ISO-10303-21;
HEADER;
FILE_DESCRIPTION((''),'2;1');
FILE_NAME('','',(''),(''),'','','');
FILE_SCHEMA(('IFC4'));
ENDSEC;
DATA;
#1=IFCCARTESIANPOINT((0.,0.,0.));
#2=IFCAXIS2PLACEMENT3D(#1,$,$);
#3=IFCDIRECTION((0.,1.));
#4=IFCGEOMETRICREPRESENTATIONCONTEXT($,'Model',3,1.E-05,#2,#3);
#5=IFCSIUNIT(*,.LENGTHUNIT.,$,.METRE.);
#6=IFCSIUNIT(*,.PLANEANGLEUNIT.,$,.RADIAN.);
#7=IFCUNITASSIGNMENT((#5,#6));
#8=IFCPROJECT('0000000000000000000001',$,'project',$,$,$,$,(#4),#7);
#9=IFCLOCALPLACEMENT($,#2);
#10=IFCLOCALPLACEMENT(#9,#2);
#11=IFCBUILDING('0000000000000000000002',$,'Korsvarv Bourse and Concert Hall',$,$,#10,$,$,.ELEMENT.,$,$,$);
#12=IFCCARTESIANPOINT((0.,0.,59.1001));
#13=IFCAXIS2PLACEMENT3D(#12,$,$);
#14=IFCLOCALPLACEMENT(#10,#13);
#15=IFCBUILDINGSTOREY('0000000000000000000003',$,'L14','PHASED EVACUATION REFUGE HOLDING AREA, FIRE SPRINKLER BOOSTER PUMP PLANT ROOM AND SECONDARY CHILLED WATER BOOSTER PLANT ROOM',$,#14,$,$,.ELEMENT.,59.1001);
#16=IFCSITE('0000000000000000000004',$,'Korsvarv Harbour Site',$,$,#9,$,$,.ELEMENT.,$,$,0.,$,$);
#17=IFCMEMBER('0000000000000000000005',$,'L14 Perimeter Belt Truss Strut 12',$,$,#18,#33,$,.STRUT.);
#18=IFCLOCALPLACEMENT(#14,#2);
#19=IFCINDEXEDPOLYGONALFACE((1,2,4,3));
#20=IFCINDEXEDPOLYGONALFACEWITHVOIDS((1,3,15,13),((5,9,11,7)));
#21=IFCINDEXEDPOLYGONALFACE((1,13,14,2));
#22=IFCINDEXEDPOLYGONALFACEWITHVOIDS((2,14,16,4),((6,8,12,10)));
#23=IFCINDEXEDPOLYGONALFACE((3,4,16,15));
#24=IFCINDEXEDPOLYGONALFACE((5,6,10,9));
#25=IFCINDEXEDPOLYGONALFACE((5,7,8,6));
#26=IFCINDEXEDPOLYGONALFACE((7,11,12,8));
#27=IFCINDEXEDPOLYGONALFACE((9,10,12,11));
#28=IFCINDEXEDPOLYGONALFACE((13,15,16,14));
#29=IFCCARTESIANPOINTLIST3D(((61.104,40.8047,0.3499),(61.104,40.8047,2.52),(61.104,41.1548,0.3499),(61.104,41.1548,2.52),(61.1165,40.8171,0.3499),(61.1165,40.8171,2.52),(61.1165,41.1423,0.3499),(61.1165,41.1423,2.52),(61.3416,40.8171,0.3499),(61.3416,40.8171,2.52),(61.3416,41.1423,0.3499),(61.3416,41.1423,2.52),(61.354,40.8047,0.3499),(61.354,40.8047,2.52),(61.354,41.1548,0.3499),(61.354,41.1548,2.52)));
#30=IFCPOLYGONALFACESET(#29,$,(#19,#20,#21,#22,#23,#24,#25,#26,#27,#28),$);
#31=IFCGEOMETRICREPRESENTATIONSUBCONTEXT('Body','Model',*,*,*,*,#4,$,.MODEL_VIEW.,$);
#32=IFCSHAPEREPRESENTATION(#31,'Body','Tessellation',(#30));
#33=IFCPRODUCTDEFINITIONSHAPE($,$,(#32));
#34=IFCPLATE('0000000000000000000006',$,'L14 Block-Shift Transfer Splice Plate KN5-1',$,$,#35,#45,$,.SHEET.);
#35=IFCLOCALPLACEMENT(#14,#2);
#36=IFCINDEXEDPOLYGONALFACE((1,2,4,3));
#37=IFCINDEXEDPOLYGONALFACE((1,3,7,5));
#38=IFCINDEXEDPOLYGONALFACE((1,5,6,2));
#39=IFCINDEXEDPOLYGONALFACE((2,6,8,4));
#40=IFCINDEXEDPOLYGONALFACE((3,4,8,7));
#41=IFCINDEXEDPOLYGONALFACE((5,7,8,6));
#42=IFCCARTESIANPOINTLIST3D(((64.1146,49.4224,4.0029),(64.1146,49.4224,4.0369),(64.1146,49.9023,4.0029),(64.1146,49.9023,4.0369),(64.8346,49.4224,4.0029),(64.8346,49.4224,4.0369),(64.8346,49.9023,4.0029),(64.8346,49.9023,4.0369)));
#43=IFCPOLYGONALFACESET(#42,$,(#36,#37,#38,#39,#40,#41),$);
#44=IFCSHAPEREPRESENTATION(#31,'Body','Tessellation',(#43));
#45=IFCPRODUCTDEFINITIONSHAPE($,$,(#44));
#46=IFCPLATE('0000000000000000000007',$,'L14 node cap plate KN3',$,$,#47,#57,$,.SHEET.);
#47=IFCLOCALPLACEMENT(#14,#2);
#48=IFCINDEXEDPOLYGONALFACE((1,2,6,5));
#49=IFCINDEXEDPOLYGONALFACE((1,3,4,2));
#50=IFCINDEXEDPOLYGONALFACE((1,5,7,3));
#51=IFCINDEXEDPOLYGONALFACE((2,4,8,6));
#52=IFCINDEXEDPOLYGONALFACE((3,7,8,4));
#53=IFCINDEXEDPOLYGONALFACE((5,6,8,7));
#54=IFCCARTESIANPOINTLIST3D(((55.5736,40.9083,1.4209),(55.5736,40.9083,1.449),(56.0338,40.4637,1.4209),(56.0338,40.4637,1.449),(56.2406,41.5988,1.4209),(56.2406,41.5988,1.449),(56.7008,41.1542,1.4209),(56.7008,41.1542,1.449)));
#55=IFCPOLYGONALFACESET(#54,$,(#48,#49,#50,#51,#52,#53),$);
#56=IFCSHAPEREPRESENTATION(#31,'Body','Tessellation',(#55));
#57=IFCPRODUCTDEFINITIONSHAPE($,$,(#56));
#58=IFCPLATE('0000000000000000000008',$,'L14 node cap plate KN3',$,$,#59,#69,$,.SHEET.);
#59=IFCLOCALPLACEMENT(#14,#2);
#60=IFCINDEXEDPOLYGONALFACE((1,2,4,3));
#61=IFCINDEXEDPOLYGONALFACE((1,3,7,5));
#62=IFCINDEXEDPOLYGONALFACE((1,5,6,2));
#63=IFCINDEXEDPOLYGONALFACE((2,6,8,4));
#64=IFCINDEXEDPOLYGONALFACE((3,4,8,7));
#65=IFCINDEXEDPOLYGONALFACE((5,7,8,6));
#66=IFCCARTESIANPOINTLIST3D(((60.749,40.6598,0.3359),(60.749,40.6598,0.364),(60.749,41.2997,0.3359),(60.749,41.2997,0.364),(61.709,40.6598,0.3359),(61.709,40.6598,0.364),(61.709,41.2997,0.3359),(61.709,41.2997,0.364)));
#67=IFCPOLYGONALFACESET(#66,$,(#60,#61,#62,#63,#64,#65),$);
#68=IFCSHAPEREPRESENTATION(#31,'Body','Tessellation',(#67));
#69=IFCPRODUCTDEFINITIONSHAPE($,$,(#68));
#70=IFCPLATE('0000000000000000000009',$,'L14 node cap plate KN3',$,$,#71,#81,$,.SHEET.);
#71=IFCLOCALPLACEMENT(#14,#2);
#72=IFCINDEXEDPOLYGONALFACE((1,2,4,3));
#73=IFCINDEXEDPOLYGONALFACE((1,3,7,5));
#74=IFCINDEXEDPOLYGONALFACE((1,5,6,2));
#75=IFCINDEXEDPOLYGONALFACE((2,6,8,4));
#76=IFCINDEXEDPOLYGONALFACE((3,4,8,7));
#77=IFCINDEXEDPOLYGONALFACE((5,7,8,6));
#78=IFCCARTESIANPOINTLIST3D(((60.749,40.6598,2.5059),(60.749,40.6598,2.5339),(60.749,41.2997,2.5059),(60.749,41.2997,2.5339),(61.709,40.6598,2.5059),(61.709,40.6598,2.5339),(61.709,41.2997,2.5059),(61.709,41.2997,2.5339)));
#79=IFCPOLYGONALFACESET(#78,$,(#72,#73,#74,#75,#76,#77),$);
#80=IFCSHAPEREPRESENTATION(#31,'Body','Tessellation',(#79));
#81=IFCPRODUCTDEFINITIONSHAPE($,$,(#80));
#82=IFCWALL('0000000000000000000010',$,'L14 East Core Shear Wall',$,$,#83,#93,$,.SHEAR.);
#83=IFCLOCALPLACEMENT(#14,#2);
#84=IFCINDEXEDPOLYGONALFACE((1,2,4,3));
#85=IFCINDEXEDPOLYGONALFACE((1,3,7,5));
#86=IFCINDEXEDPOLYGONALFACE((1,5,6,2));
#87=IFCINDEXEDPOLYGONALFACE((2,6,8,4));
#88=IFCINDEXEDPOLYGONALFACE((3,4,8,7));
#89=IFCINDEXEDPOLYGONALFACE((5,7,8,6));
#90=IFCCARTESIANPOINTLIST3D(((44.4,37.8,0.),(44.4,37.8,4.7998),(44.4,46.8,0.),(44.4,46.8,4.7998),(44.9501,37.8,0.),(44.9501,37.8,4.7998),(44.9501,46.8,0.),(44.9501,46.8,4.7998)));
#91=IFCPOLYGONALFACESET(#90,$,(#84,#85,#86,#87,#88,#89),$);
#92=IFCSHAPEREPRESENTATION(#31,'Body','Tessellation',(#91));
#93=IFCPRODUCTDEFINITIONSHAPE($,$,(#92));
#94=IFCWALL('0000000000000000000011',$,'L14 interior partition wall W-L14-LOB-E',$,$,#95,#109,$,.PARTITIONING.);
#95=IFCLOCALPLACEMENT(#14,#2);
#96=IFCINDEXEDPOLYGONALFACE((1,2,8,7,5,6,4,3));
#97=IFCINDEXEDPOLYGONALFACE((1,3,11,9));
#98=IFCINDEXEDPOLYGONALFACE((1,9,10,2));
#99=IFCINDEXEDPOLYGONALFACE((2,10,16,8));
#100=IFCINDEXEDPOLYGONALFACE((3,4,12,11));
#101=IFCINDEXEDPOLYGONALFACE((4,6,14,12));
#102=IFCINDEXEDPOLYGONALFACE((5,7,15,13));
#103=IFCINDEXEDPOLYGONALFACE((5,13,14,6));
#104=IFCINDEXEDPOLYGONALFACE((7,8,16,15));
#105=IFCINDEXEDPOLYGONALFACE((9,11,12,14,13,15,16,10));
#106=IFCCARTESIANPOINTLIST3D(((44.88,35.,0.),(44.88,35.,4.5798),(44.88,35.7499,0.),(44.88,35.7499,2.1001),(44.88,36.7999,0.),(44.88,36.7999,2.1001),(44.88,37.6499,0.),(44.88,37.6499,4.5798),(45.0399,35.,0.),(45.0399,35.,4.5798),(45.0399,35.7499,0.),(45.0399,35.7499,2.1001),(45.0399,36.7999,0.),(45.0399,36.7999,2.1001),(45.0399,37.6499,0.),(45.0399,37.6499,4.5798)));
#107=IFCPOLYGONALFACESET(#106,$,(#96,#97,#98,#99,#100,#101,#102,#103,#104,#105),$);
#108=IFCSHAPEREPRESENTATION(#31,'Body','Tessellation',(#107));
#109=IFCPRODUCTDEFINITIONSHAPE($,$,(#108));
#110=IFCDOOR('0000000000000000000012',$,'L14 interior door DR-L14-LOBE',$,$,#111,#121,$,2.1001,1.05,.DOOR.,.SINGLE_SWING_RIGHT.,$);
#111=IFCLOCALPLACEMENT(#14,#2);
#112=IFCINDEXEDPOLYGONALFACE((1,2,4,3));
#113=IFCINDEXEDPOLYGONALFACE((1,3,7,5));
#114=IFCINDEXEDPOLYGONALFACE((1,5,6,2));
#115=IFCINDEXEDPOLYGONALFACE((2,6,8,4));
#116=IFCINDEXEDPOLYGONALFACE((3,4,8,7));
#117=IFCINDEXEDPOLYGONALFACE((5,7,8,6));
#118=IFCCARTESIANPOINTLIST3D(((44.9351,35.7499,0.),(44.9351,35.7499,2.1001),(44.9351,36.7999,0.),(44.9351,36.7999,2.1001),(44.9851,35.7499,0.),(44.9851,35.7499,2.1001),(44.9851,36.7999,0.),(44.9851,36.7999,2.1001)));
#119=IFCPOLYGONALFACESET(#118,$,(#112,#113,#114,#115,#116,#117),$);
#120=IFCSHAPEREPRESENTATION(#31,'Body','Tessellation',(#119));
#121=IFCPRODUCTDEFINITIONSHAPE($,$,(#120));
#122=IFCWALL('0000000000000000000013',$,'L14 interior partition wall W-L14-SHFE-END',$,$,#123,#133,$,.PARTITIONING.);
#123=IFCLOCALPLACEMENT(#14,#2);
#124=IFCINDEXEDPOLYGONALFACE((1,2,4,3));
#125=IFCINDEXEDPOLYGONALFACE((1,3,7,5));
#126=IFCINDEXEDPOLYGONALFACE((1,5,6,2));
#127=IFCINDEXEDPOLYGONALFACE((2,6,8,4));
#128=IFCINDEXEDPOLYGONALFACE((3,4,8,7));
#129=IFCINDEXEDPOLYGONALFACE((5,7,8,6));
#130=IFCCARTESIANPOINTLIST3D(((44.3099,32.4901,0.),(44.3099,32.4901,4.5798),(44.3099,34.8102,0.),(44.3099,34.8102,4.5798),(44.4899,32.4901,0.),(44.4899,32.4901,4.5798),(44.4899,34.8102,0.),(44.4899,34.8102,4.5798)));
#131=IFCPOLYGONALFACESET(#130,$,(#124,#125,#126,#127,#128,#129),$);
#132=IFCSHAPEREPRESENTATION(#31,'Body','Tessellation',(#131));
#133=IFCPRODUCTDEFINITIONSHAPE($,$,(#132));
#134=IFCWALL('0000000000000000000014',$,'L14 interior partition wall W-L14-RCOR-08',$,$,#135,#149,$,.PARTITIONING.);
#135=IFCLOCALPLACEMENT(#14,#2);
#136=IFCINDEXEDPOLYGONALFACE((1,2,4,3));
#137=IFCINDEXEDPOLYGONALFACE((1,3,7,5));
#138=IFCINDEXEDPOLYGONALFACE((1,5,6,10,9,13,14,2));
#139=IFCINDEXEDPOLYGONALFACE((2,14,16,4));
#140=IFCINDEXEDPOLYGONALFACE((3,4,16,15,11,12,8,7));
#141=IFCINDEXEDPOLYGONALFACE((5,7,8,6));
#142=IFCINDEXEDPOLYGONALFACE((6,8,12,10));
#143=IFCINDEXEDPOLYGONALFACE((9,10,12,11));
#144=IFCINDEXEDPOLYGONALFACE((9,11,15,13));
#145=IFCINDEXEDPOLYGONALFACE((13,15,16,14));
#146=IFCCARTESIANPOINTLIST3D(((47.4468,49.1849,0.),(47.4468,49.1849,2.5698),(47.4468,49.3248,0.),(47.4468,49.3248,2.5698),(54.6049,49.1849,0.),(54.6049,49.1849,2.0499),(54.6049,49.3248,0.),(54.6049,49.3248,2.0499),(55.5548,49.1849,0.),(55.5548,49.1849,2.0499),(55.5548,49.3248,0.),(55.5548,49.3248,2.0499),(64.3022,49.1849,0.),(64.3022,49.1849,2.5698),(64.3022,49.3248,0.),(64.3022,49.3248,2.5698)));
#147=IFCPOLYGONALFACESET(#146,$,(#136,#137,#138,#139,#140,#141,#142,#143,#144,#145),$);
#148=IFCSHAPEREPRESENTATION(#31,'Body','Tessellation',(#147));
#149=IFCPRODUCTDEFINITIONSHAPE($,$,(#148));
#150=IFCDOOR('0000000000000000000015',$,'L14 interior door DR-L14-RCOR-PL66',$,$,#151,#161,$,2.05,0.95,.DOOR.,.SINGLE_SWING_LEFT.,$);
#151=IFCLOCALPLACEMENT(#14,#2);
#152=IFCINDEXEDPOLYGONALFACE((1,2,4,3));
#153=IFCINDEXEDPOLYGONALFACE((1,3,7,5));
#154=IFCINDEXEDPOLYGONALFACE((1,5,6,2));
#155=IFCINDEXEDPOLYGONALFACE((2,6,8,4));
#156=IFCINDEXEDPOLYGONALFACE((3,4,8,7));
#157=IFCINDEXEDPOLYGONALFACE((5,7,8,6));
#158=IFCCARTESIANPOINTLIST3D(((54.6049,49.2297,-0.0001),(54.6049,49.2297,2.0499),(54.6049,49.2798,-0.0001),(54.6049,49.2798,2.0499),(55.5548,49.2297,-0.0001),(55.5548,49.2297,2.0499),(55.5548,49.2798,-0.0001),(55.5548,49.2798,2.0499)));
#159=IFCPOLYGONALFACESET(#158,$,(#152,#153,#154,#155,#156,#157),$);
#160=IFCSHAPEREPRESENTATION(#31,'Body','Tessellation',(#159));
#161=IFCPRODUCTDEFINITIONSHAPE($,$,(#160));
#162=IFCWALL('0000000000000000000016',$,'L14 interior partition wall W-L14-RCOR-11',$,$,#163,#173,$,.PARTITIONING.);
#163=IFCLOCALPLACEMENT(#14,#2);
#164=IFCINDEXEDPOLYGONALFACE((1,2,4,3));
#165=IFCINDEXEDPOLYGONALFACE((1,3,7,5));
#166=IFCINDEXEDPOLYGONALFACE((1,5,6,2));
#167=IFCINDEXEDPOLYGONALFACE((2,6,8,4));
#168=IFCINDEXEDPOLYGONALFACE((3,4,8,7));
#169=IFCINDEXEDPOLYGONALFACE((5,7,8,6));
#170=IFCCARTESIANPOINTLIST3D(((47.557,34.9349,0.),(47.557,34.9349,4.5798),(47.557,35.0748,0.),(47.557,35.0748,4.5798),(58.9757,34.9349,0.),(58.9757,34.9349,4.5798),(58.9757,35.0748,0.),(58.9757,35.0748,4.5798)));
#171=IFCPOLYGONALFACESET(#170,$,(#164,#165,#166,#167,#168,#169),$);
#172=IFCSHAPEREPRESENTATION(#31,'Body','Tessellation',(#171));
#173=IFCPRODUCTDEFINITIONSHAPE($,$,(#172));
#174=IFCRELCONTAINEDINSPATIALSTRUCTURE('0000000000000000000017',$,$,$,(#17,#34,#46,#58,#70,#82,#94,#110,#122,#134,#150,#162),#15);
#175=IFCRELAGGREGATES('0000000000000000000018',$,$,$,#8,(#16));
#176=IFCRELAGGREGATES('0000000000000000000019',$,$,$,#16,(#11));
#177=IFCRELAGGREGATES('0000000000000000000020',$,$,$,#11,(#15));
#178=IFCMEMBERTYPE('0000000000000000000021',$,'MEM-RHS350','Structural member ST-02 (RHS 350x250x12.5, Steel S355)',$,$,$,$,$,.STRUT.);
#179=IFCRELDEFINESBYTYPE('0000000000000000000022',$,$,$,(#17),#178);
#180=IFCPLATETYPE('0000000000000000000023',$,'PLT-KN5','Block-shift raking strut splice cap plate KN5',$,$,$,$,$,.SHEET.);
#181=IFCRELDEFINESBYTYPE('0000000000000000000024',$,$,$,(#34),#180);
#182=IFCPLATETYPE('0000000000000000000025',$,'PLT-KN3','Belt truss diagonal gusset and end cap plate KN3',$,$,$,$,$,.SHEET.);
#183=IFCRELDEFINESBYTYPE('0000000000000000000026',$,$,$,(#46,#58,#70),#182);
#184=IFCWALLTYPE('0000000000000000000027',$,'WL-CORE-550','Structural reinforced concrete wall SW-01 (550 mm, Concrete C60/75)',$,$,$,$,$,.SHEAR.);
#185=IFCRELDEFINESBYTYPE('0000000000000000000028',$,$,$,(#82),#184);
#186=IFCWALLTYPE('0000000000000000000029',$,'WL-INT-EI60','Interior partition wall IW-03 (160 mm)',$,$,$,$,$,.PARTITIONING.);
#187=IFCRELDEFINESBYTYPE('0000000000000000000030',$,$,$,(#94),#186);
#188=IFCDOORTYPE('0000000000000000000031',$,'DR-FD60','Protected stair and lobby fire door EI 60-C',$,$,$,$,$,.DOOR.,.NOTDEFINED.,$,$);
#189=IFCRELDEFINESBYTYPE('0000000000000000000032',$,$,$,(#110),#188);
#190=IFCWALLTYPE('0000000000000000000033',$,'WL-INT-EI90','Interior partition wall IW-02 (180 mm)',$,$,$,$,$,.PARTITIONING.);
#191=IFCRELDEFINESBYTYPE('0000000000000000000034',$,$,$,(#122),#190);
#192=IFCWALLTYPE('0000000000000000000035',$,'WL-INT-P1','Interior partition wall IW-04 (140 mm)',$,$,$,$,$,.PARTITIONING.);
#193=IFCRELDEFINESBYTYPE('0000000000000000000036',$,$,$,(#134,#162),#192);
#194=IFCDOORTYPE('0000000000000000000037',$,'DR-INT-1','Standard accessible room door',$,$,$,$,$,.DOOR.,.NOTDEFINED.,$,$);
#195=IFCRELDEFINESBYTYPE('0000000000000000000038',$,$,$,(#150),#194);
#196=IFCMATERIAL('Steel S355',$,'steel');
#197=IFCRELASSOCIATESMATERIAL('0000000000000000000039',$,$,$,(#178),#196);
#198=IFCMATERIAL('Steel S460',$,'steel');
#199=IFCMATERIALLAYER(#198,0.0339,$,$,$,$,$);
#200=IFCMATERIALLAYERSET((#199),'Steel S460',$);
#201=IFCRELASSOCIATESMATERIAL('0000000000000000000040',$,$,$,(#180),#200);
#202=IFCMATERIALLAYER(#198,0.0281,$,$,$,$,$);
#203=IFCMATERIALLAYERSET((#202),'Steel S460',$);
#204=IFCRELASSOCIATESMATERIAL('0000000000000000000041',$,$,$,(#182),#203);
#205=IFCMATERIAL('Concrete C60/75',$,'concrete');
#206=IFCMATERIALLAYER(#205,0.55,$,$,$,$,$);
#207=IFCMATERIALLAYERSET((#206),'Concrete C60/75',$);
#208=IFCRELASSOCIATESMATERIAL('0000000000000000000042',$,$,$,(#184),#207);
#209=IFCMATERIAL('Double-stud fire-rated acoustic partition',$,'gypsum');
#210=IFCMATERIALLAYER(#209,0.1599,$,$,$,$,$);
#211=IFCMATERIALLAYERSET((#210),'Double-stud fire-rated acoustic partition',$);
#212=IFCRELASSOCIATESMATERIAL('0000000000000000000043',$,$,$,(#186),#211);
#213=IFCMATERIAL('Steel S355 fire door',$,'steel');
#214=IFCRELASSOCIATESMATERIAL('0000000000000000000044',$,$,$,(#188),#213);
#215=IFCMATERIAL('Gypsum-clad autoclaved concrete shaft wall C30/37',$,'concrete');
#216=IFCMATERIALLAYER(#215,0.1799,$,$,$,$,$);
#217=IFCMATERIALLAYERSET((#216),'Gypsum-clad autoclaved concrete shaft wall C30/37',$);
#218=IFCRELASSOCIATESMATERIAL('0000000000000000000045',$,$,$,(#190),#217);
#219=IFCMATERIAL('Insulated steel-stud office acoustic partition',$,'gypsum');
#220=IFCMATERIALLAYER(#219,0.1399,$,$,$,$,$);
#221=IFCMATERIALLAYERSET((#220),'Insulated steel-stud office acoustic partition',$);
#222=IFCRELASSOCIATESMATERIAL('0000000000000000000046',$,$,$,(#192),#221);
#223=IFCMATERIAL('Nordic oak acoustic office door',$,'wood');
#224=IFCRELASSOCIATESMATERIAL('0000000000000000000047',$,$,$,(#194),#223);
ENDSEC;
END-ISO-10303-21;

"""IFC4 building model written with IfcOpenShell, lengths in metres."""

from ifc_helpers import new_model, si_unit, direction, frame, frame_2d, origin, origin_2d, place, context, subcontext, project, spatial, rectangle, hollow_rectangle, extrude, source, transform, mapped, material, layer, layer_set, material_profile, profile_set, type_object, element, fill, save


model = new_model("IFC4")

# Units and contexts
model_context = context("Model", 3, precision=1e-05, world=origin(), true_north=direction((0.0, 1.0)))
body_context = subcontext(model_context, "Body", "Model", "MODEL_VIEW")
ifc_project = project(units=[si_unit("LENGTHUNIT", "METRE"), si_unit("PLANEANGLEUNIT", "RADIAN")], contexts=[model_context])

# Site, building, storey
site_placement = place(None, origin())
site = spatial("IfcSite", under=ifc_project, at=site_placement, Name="Korsvarv Harbour Site", CompositionType="ELEMENT", RefElevation=0.0)
building_placement = place(site_placement, origin())
building = spatial("IfcBuilding", under=site, at=building_placement, Name="Korsvarv Bourse and Concert Hall", CompositionType="ELEMENT")
storey_placement = place(building_placement, frame((0.0, 0.0, 59.1001)))
storey = spatial("IfcBuildingStorey", under=building, at=storey_placement, Name="L14", Description="PHASED EVACUATION REFUGE HOLDING AREA, FIRE SPRINKLER BOOSTER PUMP PLANT ROOM AND SECONDARY CHILLED WATER BOOSTER PLANT ROOM", CompositionType="ELEMENT", Elevation=59.1001)

# Shared definitions
ifc_material_1 = material(Name="Concrete C60/75", Category="concrete")
ifc_material_2 = material(Name="Steel S460", Category="steel")

# Member
ifc_material_3 = material(Name="Steel S355", Category="steel")
ifc_material_profile_1 = material_profile(ifc_material_3, hollow_rectangle(XDim=0.25, YDim=0.3501, WallThickness=0.0125, at=origin_2d()), Name="RHS 350x250x12.5")
ifc_profile_set_1 = profile_set([ifc_material_profile_1], Name="Steel S355")
member_type_1 = type_object("IfcMemberType", Name="MEM-RHS350", Description="Structural member ST-02 (RHS 350x250x12.5, Steel S355)", PredefinedType="STRUT", material=ifc_profile_set_1)
shared_shape_1 = source(origin(), body_context, "Body", "SweptSolid", [
    extrude(hollow_rectangle(XDim=0.25, YDim=0.3501, WallThickness=0.0125, at=origin_2d()), origin(), (0.0, 0.0, 1.0), 2.1702),
])
member_1_placement = place(storey_placement, frame((61.229, 40.9797, 0.3499), z_axis=(0.0, 0.0, 1.0), x_axis=(1.0, 0.0, 0.0)))
element("IfcMember", 1, at=member_1_placement, inside=storey, type_object=member_type_1, Name="L14 Perimeter Belt Truss Strut 12", PredefinedType="STRUT", context=body_context, shape_type="MappedRepresentation", body=[
    mapped(shared_shape_1, transform((0.0, 0.0, 0.0), scale=1.0)),
])

# Plates
ifc_layer_1 = layer(ifc_material_2, 0.0339)
ifc_layer_set_1 = layer_set([ifc_layer_1], Name="Steel S460")
plate_type_1 = type_object("IfcPlateType", Name="PLT-KN5", Description="Block-shift raking strut splice cap plate KN5", PredefinedType="SHEET", material=ifc_layer_set_1)
shared_shape_2 = source(origin(), body_context, "Body", "SweptSolid", [
    extrude(rectangle(XDim=0.72, YDim=0.48, at=origin_2d()), origin(), (0.0, 0.0, 1.0), 0.0339),
])
plate_placement = place(storey_placement, frame((64.4746, 49.6624, 4.0029), z_axis=(0.0, 0.0, 1.0), x_axis=(1.0, 0.0, 0.0)))
element("IfcPlate", 2, at=plate_placement, inside=storey, type_object=plate_type_1, Name="L14 Block-Shift Transfer Splice Plate KN5-1", PredefinedType="SHEET", context=body_context, shape_type="MappedRepresentation", body=[
    mapped(shared_shape_2, transform((0.0, 0.0, 0.0), scale=1.0)),
])
ifc_layer_2 = layer(ifc_material_2, 0.0281)
ifc_layer_set_2 = layer_set([ifc_layer_2], Name="Steel S460")
plate_type_2 = type_object("IfcPlateType", Name="PLT-KN3", Description="Belt truss diagonal gusset and end cap plate KN3", PredefinedType="SHEET", material=ifc_layer_set_2)
shared_shape_3 = source(origin(), body_context, "Body", "SweptSolid", [
    extrude(rectangle(XDim=0.96, YDim=0.6399, at=origin_2d()), origin(), (0.0, 0.0, 1.0), 0.0281),
])
for number, where, z_axis, x_axis, name in (
    (3, (56.1372, 41.0312, 1.4209), (0.0, 0.0, 1.0), (0.694784, 0.719219, 0.0), "L14 node cap plate KN3"),
    (4, (61.229, 40.9797, 0.3359), (0.0, 0.0, 1.0), (1.0, 0.0, 0.0), "L14 node cap plate KN3"),
    (5, (61.229, 40.9797, 2.5059), (0.0, 0.0, 1.0), (1.0, 0.0, 0.0), "L14 node cap plate KN3"),
):
    element("IfcPlate", number, at=place(storey_placement, frame(where, z_axis=z_axis, x_axis=x_axis)), inside=storey, type_object=plate_type_2, Name=name, PredefinedType="SHEET", context=body_context, shape_type="MappedRepresentation", body=[
        mapped(shared_shape_3, transform((0.0, 0.0, 0.0), scale=1.0)),
    ])

# Wall
ifc_layer_3 = layer(ifc_material_1, 0.55)
ifc_layer_set_3 = layer_set([ifc_layer_3], Name="Concrete C60/75")
wall_type_1 = type_object("IfcWallType", Name="WL-CORE-550", Description="Structural reinforced concrete wall SW-01 (550 mm, Concrete C60/75)", PredefinedType="SHEAR", material=ifc_layer_set_3)
wall_1_placement = place(storey_placement, frame((44.675, 37.8, 0.0), z_axis=(0.0, 0.0, 1.0), x_axis=(0.0, 1.0, 0.0)))
element("IfcWall", 6, at=wall_1_placement, inside=storey, type_object=wall_type_1, Name="L14 East Core Shear Wall", PredefinedType="SHEAR", context=body_context, shape_type="SweptSolid", body=[
    extrude(rectangle(XDim=9.0, YDim=0.55, at=frame_2d((4.5, 0.0))), origin(), (0.0, 0.0, 1.0), 4.7998),
])

# Wall, opening, door
ifc_material_4 = material(Name="Double-stud fire-rated acoustic partition", Category="gypsum")
ifc_layer_4 = layer(ifc_material_4, 0.1599)
ifc_layer_set_4 = layer_set([ifc_layer_4], Name="Double-stud fire-rated acoustic partition")
wall_type_2 = type_object("IfcWallType", Name="WL-INT-EI60", Description="Interior partition wall IW-03 (160 mm)", PredefinedType="PARTITIONING", material=ifc_layer_set_4)
wall_2_placement = place(storey_placement, frame((44.96, 35.0, 0.0), z_axis=(0.0, 0.0, 1.0), x_axis=(0.0, 1.0, 0.0)))
wall_2 = element("IfcWall", 7, at=wall_2_placement, inside=storey, type_object=wall_type_2, Name="L14 interior partition wall W-L14-LOB-E", PredefinedType="PARTITIONING", context=body_context, shape_type="SweptSolid", body=[
    extrude(rectangle(XDim=2.6499, YDim=0.1599, at=frame_2d((1.325, 0.0))), origin(), (0.0, 0.0, 1.0), 4.5798),
])
opening_1_placement = place(wall_2_placement, frame((0.75, 0.0, 0.0)))
opening_1 = element("IfcOpeningElement", 8, at=opening_1_placement, cuts=wall_2, PredefinedType="OPENING", context=body_context, shape_type="SweptSolid", body=[
    extrude(rectangle(XDim=1.05, YDim=2.1001, at=frame_2d((0.5249, 1.05))), frame((0.0, 0.0898, 0.0), z_axis=(0.0, -1.0, 0.0), x_axis=(1.0, 0.0, 0.0)), (0.0, 0.0, 1.0), 0.1799),
])
ifc_material_5 = material(Name="Steel S355 fire door", Category="steel")
door_type_1 = type_object("IfcDoorType", Name="DR-FD60", Description="Protected stair and lobby fire door EI 60-C", OperationType="NOTDEFINED", PredefinedType="DOOR", material=ifc_material_5)
door_1_placement = place(opening_1_placement, origin())
door_1 = element("IfcDoor", 9, at=door_1_placement, inside=storey, type_object=door_type_1, Name="L14 interior door DR-L14-LOBE", OperationType="SINGLE_SWING_RIGHT", OverallHeight=2.1001, OverallWidth=1.05, PredefinedType="DOOR", context=body_context, shape_type="SweptSolid", body=[
    extrude(rectangle(XDim=1.05, YDim=2.1001, at=frame_2d((0.5249, 1.05))), frame((0.0, 0.0249, 0.0), z_axis=(0.0, -1.0, 0.0), x_axis=(1.0, 0.0, 0.0)), (0.0, 0.0, 1.0), 0.05),
])
fill(opening_1, door_1)

# Wall
ifc_material_6 = material(Name="Gypsum-clad autoclaved concrete shaft wall C30/37", Category="concrete")
ifc_layer_5 = layer(ifc_material_6, 0.1799)
ifc_layer_set_5 = layer_set([ifc_layer_5], Name="Gypsum-clad autoclaved concrete shaft wall C30/37")
wall_type_3 = type_object("IfcWallType", Name="WL-INT-EI90", Description="Interior partition wall IW-02 (180 mm)", PredefinedType="PARTITIONING", material=ifc_layer_set_5)
wall_3_placement = place(storey_placement, frame((44.3999, 32.49, 0.0), z_axis=(0.0, 0.0, 1.0), x_axis=(0.0, 1.0, 0.0)))
element("IfcWall", 10, at=wall_3_placement, inside=storey, type_object=wall_type_3, Name="L14 interior partition wall W-L14-SHFE-END", PredefinedType="PARTITIONING", context=body_context, shape_type="SweptSolid", body=[
    extrude(rectangle(XDim=2.3201, YDim=0.1799, at=frame_2d((1.1602, 0.0))), origin(), (0.0, 0.0, 1.0), 4.5798),
])

# Wall, opening, door
ifc_material_7 = material(Name="Insulated steel-stud office acoustic partition", Category="gypsum")
ifc_layer_6 = layer(ifc_material_7, 0.1399)
ifc_layer_set_6 = layer_set([ifc_layer_6], Name="Insulated steel-stud office acoustic partition")
wall_type_4 = type_object("IfcWallType", Name="WL-INT-P1", Description="Interior partition wall IW-04 (140 mm)", PredefinedType="PARTITIONING", material=ifc_layer_set_6)
wall_4_placement = place(storey_placement, frame((47.4468, 49.2549, 0.0), z_axis=(0.0, 0.0, 1.0), x_axis=(1.0, 0.0, 0.0)))
wall_4 = element("IfcWall", 11, at=wall_4_placement, inside=storey, type_object=wall_type_4, Name="L14 interior partition wall W-L14-RCOR-08", PredefinedType="PARTITIONING", context=body_context, shape_type="SweptSolid", body=[
    extrude(rectangle(XDim=16.8555, YDim=0.1399, at=frame_2d((8.4277, 0.0))), origin(), (0.0, 0.0, 1.0), 2.5698),
])
opening_2_placement = place(wall_4_placement, frame((7.158, 0.0, 0.0)))
opening_2 = element("IfcOpeningElement", 12, at=opening_2_placement, cuts=wall_4, PredefinedType="OPENING", context=body_context, shape_type="SweptSolid", body=[
    extrude(rectangle(XDim=0.95, YDim=2.05, at=frame_2d((0.4751, 1.0249))), frame((0.0, 0.0801, 0.0), z_axis=(0.0, -1.0, 0.0), x_axis=(1.0, 0.0, 0.0)), (0.0, 0.0, 1.0), 0.1599),
])
ifc_material_8 = material(Name="Nordic oak acoustic office door", Category="wood")
door_type_2 = type_object("IfcDoorType", Name="DR-INT-1", Description="Standard accessible room door", OperationType="NOTDEFINED", PredefinedType="DOOR", material=ifc_material_8)
door_2_placement = place(opening_2_placement, origin())
door_2 = element("IfcDoor", 13, at=door_2_placement, inside=storey, type_object=door_type_2, Name="L14 interior door DR-L14-RCOR-PL66", OperationType="SINGLE_SWING_LEFT", OverallHeight=2.05, OverallWidth=0.95, PredefinedType="DOOR", context=body_context, shape_type="SweptSolid", body=[
    extrude(rectangle(XDim=0.95, YDim=2.05, at=frame_2d((0.4751, 1.0249))), frame((0.0, 0.0249, 0.0), z_axis=(0.0, -1.0, 0.0), x_axis=(1.0, 0.0, 0.0)), (0.0, 0.0, 1.0), 0.05),
])
fill(opening_2, door_2)

# Wall
wall_5_placement = place(storey_placement, frame((47.5569, 35.0049, 0.0), z_axis=(0.0, 0.0, 1.0), x_axis=(1.0, 0.0, 0.0)))
element("IfcWall", 14, at=wall_5_placement, inside=storey, type_object=wall_type_4, Name="L14 interior partition wall W-L14-RCOR-11", PredefinedType="PARTITIONING", context=body_context, shape_type="SweptSolid", body=[
    extrude(rectangle(XDim=11.4187, YDim=0.1399, at=frame_2d((5.7095, 0.0))), origin(), (0.0, 0.0, 1.0), 4.5798),
])

save(model, "model.ifc")
